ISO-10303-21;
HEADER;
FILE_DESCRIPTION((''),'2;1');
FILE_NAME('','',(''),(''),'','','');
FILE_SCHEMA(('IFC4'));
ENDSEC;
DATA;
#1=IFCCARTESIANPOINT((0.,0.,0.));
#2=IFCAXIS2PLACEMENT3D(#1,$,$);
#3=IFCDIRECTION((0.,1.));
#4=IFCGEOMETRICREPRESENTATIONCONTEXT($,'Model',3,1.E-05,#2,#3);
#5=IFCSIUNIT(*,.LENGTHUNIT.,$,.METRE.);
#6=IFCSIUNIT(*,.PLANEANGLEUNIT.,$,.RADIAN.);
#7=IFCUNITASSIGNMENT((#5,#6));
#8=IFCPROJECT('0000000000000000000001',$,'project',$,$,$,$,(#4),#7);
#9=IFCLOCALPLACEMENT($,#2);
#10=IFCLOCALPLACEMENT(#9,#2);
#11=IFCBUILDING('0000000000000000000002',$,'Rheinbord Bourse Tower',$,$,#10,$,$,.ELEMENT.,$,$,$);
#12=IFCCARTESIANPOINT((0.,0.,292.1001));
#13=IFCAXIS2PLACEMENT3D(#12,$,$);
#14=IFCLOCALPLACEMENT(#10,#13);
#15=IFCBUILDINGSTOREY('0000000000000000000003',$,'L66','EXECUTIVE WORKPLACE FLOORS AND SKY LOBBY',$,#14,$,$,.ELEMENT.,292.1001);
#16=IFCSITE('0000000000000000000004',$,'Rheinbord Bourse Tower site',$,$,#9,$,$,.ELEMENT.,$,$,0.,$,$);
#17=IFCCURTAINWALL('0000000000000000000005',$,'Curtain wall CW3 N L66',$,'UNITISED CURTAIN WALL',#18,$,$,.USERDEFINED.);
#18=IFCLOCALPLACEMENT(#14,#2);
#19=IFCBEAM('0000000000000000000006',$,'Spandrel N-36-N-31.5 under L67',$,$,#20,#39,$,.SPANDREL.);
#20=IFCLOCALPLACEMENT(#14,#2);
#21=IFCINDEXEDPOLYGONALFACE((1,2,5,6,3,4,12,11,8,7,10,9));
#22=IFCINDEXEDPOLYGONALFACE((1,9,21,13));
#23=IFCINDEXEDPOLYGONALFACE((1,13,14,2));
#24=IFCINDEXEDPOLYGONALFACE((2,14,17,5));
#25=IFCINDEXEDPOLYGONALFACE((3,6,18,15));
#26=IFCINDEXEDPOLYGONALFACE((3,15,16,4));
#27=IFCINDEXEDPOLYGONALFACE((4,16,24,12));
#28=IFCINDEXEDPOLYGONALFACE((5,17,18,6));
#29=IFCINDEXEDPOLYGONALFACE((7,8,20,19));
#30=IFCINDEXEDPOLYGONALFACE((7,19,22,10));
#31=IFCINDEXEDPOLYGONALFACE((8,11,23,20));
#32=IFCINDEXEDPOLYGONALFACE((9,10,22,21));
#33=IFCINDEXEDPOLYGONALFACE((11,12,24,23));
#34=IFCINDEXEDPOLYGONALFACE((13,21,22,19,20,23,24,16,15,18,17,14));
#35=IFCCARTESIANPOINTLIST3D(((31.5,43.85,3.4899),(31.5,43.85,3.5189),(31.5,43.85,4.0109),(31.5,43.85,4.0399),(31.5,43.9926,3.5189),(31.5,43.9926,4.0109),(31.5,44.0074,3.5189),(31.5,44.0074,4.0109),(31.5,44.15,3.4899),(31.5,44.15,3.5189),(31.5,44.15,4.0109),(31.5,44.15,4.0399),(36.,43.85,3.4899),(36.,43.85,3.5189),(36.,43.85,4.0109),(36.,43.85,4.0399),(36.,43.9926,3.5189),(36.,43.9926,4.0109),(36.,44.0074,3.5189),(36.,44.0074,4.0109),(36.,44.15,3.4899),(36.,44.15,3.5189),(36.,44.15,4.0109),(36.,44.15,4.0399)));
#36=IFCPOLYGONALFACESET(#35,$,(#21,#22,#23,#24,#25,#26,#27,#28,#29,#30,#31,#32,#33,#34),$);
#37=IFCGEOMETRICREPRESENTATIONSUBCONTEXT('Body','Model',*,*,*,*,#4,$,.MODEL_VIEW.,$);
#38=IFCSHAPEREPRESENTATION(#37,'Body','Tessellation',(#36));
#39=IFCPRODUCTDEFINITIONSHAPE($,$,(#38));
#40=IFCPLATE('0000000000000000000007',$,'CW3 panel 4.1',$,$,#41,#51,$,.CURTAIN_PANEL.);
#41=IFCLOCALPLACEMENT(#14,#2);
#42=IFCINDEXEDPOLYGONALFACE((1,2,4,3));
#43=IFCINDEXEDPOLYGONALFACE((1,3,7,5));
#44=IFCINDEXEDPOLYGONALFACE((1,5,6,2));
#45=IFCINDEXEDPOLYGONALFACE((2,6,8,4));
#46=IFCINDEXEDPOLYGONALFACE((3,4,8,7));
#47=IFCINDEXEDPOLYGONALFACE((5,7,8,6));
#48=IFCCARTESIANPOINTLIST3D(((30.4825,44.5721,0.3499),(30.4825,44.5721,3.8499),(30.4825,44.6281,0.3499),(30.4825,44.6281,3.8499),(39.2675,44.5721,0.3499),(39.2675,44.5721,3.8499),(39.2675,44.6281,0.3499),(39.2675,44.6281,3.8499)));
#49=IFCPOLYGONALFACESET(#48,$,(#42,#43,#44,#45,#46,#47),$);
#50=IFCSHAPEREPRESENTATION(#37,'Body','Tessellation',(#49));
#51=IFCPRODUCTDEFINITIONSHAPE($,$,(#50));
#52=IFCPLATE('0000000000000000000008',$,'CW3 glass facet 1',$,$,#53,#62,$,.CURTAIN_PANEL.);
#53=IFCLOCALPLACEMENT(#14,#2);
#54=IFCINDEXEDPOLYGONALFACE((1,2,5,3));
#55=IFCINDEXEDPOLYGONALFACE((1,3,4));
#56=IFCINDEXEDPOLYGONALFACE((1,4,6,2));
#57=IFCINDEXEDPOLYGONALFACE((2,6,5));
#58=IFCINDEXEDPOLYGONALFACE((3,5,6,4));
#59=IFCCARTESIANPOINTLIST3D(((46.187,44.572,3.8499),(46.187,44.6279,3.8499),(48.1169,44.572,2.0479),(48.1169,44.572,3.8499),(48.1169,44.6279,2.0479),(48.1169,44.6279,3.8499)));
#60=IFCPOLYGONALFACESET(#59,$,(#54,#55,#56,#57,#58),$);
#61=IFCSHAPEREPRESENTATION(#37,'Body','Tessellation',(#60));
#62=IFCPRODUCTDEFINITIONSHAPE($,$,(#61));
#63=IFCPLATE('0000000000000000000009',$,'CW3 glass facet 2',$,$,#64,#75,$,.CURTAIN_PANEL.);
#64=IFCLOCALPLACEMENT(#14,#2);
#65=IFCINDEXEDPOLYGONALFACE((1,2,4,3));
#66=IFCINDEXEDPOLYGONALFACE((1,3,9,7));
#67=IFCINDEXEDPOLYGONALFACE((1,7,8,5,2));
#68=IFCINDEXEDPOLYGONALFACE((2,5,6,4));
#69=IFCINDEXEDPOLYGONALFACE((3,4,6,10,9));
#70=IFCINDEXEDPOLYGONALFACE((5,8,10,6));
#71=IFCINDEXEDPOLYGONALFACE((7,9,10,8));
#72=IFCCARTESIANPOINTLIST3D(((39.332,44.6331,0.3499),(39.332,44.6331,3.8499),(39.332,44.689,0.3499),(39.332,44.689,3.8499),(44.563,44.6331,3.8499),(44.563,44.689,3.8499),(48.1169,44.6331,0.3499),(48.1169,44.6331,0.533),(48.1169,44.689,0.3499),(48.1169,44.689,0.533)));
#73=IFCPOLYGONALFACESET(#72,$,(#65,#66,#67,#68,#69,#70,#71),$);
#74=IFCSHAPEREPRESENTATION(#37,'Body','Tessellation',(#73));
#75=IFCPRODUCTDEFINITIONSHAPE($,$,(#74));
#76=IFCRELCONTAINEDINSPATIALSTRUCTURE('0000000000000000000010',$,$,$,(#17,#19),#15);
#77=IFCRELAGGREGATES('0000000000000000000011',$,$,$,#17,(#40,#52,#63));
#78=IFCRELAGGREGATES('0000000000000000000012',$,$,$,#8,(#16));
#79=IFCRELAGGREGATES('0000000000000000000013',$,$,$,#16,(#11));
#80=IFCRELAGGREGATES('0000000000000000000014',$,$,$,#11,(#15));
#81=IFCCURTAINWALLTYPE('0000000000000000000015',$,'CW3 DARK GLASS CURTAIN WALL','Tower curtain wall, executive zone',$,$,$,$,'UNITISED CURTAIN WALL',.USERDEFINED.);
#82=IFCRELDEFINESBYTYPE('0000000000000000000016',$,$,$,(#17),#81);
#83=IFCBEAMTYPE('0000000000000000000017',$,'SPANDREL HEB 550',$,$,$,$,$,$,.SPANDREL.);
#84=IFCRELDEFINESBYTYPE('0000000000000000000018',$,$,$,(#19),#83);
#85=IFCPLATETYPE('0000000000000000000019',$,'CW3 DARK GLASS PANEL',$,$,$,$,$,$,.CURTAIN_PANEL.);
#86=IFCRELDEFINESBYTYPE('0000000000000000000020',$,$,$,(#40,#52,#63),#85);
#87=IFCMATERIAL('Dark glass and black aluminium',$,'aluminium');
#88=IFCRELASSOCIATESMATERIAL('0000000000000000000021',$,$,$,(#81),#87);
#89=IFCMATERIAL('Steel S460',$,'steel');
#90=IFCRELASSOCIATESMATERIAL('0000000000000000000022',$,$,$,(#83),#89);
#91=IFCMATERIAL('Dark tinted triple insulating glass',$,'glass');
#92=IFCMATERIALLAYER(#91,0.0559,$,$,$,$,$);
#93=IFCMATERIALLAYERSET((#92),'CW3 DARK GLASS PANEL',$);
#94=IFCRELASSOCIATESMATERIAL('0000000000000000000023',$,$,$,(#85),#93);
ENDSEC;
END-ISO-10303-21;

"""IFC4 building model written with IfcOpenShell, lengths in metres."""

from ifc_helpers import new_model, si_unit, direction, frame, origin, origin_2d, place, context, subcontext, project, spatial, polyline, rectangle, i_section, outline, extrude, material, layer, layer_set, material_profile, profile_set, type_object, element, aggregate, save


model = new_model("IFC4")

# Units and contexts
model_context = context("Model", 3, precision=1e-05, world=origin(), true_north=direction((0.0, 1.0)))
body_context = subcontext(model_context, "Body", "Model", "MODEL_VIEW")
ifc_project = project(units=[si_unit("LENGTHUNIT", "METRE"), si_unit("PLANEANGLEUNIT", "RADIAN")], contexts=[model_context])

# Site, building, storey
site_placement = place(None, origin())
site = spatial("IfcSite", under=ifc_project, at=site_placement, Name="Rheinbord Bourse Tower site", CompositionType="ELEMENT", RefElevation=0.0)
building_placement = place(site_placement, origin())
building = spatial("IfcBuilding", under=site, at=building_placement, Name="Rheinbord Bourse Tower", CompositionType="ELEMENT")
storey_placement = place(building_placement, frame((0.0, 0.0, 292.1001)))
storey = spatial("IfcBuildingStorey", under=building, at=storey_placement, Name="L66", Description="EXECUTIVE WORKPLACE FLOORS AND SKY LOBBY", CompositionType="ELEMENT", Elevation=292.1001)

# Curtain wall
ifc_material_1 = material(Name="Dark glass and black aluminium", Category="aluminium")
curtain_wall_type = type_object("IfcCurtainWallType", Name="CW3 DARK GLASS CURTAIN WALL", Description="Tower curtain wall, executive zone", ElementType="UNITISED CURTAIN WALL", PredefinedType="USERDEFINED", material=ifc_material_1)
curtain_wall_placement = place(storey_placement, origin())
curtain_wall = element("IfcCurtainWall", 1, at=curtain_wall_placement, inside=storey, type_object=curtain_wall_type, Name="Curtain wall CW3 N L66", ObjectType="UNITISED CURTAIN WALL", PredefinedType="USERDEFINED")

# Beam
ifc_material_2 = material(Name="Steel S460", Category="steel")
ifc_material_profile_1 = material_profile(ifc_material_2, i_section(OverallWidth=0.3, OverallDepth=0.55, WebThickness=0.0149, FlangeThickness=0.0291, at=origin_2d()), Name="HEB 550")
ifc_profile_set_1 = profile_set([ifc_material_profile_1], Name="Steel S460")
beam_type_1 = type_object("IfcBeamType", Name="SPANDREL HEB 550", PredefinedType="SPANDREL", material=ifc_profile_set_1)
for number, where, z_axis, x_axis, name in (
    (2, (36.0, 44.0, 3.7649), (-1.0, 0.0, 0.0), (0.0, -1.0, 0.0), "Spandrel N-36-N-31.5 under L67"),
):
    element("IfcBeam", number, at=place(storey_placement, frame(where, z_axis=z_axis, x_axis=x_axis)), inside=storey, type_object=beam_type_1, Name=name, PredefinedType="SPANDREL", context=body_context, shape_type="SweptSolid", body=[
        extrude(i_section(OverallWidth=0.3, OverallDepth=0.55, WebThickness=0.0149, FlangeThickness=0.0291, at=origin_2d()), origin(), (0.0, 0.0, 1.0), 4.5),
    ])

# Plates
ifc_material_3 = material(Name="Dark tinted triple insulating glass", Category="glass")
ifc_layer = layer(ifc_material_3, 0.0559)
ifc_layer_set = layer_set([ifc_layer], Name="CW3 DARK GLASS PANEL")
plate_type = type_object("IfcPlateType", Name="CW3 DARK GLASS PANEL", PredefinedType="CURTAIN_PANEL", material=ifc_layer_set)
plate_1_placement = place(storey_placement, frame((34.875, 44.6001, 0.3499), z_axis=(0.0, 0.0, 1.0), x_axis=(-1.0, 0.0, 0.0)))
plate_1 = element("IfcPlate", 3, at=plate_1_placement, type_object=plate_type, Name="CW3 panel 4.1", PredefinedType="CURTAIN_PANEL", context=body_context, shape_type="SweptSolid", body=[
    extrude(rectangle(XDim=8.7849, YDim=0.0559, at=origin_2d()), origin(), (0.0, 0.0, 1.0), 3.5),
])
plate_2_placement = place(storey_placement, frame((48.1169, 44.6279, 3.8499), z_axis=(0.0, -1.0, 0.0), x_axis=(-1.0, 0.0, 0.0)))
plate_2 = element("IfcPlate", 4, at=plate_2_placement, type_object=plate_type, Name="CW3 glass facet 1", PredefinedType="CURTAIN_PANEL", context=body_context, shape_type="SweptSolid", body=[
    extrude(outline(polyline([(0.0, 0.0), (1.9299, 0.0), (0.0, 1.802), (0.0, 0.0)])), origin(), (0.0, 0.0, 1.0), 0.0559),
])
plate_3_placement = place(storey_placement, frame((39.332, 44.689, 3.8499), z_axis=(0.0, -1.0, 0.0), x_axis=(0.0, 0.0, -1.0)))
plate_3 = element("IfcPlate", 5, at=plate_3_placement, type_object=plate_type, Name="CW3 glass facet 2", PredefinedType="CURTAIN_PANEL", context=body_context, shape_type="SweptSolid", body=[
    extrude(outline(polyline([(0.0, 0.0), (3.5, 0.0), (3.5, 8.7849), (3.3169, 8.7849), (0.0, 5.231), (0.0, 0.0)])), origin(), (0.0, 0.0, 1.0), 0.0559),
])
aggregate(curtain_wall, [plate_1, plate_2, plate_3])

save(model, "model.ifc")
